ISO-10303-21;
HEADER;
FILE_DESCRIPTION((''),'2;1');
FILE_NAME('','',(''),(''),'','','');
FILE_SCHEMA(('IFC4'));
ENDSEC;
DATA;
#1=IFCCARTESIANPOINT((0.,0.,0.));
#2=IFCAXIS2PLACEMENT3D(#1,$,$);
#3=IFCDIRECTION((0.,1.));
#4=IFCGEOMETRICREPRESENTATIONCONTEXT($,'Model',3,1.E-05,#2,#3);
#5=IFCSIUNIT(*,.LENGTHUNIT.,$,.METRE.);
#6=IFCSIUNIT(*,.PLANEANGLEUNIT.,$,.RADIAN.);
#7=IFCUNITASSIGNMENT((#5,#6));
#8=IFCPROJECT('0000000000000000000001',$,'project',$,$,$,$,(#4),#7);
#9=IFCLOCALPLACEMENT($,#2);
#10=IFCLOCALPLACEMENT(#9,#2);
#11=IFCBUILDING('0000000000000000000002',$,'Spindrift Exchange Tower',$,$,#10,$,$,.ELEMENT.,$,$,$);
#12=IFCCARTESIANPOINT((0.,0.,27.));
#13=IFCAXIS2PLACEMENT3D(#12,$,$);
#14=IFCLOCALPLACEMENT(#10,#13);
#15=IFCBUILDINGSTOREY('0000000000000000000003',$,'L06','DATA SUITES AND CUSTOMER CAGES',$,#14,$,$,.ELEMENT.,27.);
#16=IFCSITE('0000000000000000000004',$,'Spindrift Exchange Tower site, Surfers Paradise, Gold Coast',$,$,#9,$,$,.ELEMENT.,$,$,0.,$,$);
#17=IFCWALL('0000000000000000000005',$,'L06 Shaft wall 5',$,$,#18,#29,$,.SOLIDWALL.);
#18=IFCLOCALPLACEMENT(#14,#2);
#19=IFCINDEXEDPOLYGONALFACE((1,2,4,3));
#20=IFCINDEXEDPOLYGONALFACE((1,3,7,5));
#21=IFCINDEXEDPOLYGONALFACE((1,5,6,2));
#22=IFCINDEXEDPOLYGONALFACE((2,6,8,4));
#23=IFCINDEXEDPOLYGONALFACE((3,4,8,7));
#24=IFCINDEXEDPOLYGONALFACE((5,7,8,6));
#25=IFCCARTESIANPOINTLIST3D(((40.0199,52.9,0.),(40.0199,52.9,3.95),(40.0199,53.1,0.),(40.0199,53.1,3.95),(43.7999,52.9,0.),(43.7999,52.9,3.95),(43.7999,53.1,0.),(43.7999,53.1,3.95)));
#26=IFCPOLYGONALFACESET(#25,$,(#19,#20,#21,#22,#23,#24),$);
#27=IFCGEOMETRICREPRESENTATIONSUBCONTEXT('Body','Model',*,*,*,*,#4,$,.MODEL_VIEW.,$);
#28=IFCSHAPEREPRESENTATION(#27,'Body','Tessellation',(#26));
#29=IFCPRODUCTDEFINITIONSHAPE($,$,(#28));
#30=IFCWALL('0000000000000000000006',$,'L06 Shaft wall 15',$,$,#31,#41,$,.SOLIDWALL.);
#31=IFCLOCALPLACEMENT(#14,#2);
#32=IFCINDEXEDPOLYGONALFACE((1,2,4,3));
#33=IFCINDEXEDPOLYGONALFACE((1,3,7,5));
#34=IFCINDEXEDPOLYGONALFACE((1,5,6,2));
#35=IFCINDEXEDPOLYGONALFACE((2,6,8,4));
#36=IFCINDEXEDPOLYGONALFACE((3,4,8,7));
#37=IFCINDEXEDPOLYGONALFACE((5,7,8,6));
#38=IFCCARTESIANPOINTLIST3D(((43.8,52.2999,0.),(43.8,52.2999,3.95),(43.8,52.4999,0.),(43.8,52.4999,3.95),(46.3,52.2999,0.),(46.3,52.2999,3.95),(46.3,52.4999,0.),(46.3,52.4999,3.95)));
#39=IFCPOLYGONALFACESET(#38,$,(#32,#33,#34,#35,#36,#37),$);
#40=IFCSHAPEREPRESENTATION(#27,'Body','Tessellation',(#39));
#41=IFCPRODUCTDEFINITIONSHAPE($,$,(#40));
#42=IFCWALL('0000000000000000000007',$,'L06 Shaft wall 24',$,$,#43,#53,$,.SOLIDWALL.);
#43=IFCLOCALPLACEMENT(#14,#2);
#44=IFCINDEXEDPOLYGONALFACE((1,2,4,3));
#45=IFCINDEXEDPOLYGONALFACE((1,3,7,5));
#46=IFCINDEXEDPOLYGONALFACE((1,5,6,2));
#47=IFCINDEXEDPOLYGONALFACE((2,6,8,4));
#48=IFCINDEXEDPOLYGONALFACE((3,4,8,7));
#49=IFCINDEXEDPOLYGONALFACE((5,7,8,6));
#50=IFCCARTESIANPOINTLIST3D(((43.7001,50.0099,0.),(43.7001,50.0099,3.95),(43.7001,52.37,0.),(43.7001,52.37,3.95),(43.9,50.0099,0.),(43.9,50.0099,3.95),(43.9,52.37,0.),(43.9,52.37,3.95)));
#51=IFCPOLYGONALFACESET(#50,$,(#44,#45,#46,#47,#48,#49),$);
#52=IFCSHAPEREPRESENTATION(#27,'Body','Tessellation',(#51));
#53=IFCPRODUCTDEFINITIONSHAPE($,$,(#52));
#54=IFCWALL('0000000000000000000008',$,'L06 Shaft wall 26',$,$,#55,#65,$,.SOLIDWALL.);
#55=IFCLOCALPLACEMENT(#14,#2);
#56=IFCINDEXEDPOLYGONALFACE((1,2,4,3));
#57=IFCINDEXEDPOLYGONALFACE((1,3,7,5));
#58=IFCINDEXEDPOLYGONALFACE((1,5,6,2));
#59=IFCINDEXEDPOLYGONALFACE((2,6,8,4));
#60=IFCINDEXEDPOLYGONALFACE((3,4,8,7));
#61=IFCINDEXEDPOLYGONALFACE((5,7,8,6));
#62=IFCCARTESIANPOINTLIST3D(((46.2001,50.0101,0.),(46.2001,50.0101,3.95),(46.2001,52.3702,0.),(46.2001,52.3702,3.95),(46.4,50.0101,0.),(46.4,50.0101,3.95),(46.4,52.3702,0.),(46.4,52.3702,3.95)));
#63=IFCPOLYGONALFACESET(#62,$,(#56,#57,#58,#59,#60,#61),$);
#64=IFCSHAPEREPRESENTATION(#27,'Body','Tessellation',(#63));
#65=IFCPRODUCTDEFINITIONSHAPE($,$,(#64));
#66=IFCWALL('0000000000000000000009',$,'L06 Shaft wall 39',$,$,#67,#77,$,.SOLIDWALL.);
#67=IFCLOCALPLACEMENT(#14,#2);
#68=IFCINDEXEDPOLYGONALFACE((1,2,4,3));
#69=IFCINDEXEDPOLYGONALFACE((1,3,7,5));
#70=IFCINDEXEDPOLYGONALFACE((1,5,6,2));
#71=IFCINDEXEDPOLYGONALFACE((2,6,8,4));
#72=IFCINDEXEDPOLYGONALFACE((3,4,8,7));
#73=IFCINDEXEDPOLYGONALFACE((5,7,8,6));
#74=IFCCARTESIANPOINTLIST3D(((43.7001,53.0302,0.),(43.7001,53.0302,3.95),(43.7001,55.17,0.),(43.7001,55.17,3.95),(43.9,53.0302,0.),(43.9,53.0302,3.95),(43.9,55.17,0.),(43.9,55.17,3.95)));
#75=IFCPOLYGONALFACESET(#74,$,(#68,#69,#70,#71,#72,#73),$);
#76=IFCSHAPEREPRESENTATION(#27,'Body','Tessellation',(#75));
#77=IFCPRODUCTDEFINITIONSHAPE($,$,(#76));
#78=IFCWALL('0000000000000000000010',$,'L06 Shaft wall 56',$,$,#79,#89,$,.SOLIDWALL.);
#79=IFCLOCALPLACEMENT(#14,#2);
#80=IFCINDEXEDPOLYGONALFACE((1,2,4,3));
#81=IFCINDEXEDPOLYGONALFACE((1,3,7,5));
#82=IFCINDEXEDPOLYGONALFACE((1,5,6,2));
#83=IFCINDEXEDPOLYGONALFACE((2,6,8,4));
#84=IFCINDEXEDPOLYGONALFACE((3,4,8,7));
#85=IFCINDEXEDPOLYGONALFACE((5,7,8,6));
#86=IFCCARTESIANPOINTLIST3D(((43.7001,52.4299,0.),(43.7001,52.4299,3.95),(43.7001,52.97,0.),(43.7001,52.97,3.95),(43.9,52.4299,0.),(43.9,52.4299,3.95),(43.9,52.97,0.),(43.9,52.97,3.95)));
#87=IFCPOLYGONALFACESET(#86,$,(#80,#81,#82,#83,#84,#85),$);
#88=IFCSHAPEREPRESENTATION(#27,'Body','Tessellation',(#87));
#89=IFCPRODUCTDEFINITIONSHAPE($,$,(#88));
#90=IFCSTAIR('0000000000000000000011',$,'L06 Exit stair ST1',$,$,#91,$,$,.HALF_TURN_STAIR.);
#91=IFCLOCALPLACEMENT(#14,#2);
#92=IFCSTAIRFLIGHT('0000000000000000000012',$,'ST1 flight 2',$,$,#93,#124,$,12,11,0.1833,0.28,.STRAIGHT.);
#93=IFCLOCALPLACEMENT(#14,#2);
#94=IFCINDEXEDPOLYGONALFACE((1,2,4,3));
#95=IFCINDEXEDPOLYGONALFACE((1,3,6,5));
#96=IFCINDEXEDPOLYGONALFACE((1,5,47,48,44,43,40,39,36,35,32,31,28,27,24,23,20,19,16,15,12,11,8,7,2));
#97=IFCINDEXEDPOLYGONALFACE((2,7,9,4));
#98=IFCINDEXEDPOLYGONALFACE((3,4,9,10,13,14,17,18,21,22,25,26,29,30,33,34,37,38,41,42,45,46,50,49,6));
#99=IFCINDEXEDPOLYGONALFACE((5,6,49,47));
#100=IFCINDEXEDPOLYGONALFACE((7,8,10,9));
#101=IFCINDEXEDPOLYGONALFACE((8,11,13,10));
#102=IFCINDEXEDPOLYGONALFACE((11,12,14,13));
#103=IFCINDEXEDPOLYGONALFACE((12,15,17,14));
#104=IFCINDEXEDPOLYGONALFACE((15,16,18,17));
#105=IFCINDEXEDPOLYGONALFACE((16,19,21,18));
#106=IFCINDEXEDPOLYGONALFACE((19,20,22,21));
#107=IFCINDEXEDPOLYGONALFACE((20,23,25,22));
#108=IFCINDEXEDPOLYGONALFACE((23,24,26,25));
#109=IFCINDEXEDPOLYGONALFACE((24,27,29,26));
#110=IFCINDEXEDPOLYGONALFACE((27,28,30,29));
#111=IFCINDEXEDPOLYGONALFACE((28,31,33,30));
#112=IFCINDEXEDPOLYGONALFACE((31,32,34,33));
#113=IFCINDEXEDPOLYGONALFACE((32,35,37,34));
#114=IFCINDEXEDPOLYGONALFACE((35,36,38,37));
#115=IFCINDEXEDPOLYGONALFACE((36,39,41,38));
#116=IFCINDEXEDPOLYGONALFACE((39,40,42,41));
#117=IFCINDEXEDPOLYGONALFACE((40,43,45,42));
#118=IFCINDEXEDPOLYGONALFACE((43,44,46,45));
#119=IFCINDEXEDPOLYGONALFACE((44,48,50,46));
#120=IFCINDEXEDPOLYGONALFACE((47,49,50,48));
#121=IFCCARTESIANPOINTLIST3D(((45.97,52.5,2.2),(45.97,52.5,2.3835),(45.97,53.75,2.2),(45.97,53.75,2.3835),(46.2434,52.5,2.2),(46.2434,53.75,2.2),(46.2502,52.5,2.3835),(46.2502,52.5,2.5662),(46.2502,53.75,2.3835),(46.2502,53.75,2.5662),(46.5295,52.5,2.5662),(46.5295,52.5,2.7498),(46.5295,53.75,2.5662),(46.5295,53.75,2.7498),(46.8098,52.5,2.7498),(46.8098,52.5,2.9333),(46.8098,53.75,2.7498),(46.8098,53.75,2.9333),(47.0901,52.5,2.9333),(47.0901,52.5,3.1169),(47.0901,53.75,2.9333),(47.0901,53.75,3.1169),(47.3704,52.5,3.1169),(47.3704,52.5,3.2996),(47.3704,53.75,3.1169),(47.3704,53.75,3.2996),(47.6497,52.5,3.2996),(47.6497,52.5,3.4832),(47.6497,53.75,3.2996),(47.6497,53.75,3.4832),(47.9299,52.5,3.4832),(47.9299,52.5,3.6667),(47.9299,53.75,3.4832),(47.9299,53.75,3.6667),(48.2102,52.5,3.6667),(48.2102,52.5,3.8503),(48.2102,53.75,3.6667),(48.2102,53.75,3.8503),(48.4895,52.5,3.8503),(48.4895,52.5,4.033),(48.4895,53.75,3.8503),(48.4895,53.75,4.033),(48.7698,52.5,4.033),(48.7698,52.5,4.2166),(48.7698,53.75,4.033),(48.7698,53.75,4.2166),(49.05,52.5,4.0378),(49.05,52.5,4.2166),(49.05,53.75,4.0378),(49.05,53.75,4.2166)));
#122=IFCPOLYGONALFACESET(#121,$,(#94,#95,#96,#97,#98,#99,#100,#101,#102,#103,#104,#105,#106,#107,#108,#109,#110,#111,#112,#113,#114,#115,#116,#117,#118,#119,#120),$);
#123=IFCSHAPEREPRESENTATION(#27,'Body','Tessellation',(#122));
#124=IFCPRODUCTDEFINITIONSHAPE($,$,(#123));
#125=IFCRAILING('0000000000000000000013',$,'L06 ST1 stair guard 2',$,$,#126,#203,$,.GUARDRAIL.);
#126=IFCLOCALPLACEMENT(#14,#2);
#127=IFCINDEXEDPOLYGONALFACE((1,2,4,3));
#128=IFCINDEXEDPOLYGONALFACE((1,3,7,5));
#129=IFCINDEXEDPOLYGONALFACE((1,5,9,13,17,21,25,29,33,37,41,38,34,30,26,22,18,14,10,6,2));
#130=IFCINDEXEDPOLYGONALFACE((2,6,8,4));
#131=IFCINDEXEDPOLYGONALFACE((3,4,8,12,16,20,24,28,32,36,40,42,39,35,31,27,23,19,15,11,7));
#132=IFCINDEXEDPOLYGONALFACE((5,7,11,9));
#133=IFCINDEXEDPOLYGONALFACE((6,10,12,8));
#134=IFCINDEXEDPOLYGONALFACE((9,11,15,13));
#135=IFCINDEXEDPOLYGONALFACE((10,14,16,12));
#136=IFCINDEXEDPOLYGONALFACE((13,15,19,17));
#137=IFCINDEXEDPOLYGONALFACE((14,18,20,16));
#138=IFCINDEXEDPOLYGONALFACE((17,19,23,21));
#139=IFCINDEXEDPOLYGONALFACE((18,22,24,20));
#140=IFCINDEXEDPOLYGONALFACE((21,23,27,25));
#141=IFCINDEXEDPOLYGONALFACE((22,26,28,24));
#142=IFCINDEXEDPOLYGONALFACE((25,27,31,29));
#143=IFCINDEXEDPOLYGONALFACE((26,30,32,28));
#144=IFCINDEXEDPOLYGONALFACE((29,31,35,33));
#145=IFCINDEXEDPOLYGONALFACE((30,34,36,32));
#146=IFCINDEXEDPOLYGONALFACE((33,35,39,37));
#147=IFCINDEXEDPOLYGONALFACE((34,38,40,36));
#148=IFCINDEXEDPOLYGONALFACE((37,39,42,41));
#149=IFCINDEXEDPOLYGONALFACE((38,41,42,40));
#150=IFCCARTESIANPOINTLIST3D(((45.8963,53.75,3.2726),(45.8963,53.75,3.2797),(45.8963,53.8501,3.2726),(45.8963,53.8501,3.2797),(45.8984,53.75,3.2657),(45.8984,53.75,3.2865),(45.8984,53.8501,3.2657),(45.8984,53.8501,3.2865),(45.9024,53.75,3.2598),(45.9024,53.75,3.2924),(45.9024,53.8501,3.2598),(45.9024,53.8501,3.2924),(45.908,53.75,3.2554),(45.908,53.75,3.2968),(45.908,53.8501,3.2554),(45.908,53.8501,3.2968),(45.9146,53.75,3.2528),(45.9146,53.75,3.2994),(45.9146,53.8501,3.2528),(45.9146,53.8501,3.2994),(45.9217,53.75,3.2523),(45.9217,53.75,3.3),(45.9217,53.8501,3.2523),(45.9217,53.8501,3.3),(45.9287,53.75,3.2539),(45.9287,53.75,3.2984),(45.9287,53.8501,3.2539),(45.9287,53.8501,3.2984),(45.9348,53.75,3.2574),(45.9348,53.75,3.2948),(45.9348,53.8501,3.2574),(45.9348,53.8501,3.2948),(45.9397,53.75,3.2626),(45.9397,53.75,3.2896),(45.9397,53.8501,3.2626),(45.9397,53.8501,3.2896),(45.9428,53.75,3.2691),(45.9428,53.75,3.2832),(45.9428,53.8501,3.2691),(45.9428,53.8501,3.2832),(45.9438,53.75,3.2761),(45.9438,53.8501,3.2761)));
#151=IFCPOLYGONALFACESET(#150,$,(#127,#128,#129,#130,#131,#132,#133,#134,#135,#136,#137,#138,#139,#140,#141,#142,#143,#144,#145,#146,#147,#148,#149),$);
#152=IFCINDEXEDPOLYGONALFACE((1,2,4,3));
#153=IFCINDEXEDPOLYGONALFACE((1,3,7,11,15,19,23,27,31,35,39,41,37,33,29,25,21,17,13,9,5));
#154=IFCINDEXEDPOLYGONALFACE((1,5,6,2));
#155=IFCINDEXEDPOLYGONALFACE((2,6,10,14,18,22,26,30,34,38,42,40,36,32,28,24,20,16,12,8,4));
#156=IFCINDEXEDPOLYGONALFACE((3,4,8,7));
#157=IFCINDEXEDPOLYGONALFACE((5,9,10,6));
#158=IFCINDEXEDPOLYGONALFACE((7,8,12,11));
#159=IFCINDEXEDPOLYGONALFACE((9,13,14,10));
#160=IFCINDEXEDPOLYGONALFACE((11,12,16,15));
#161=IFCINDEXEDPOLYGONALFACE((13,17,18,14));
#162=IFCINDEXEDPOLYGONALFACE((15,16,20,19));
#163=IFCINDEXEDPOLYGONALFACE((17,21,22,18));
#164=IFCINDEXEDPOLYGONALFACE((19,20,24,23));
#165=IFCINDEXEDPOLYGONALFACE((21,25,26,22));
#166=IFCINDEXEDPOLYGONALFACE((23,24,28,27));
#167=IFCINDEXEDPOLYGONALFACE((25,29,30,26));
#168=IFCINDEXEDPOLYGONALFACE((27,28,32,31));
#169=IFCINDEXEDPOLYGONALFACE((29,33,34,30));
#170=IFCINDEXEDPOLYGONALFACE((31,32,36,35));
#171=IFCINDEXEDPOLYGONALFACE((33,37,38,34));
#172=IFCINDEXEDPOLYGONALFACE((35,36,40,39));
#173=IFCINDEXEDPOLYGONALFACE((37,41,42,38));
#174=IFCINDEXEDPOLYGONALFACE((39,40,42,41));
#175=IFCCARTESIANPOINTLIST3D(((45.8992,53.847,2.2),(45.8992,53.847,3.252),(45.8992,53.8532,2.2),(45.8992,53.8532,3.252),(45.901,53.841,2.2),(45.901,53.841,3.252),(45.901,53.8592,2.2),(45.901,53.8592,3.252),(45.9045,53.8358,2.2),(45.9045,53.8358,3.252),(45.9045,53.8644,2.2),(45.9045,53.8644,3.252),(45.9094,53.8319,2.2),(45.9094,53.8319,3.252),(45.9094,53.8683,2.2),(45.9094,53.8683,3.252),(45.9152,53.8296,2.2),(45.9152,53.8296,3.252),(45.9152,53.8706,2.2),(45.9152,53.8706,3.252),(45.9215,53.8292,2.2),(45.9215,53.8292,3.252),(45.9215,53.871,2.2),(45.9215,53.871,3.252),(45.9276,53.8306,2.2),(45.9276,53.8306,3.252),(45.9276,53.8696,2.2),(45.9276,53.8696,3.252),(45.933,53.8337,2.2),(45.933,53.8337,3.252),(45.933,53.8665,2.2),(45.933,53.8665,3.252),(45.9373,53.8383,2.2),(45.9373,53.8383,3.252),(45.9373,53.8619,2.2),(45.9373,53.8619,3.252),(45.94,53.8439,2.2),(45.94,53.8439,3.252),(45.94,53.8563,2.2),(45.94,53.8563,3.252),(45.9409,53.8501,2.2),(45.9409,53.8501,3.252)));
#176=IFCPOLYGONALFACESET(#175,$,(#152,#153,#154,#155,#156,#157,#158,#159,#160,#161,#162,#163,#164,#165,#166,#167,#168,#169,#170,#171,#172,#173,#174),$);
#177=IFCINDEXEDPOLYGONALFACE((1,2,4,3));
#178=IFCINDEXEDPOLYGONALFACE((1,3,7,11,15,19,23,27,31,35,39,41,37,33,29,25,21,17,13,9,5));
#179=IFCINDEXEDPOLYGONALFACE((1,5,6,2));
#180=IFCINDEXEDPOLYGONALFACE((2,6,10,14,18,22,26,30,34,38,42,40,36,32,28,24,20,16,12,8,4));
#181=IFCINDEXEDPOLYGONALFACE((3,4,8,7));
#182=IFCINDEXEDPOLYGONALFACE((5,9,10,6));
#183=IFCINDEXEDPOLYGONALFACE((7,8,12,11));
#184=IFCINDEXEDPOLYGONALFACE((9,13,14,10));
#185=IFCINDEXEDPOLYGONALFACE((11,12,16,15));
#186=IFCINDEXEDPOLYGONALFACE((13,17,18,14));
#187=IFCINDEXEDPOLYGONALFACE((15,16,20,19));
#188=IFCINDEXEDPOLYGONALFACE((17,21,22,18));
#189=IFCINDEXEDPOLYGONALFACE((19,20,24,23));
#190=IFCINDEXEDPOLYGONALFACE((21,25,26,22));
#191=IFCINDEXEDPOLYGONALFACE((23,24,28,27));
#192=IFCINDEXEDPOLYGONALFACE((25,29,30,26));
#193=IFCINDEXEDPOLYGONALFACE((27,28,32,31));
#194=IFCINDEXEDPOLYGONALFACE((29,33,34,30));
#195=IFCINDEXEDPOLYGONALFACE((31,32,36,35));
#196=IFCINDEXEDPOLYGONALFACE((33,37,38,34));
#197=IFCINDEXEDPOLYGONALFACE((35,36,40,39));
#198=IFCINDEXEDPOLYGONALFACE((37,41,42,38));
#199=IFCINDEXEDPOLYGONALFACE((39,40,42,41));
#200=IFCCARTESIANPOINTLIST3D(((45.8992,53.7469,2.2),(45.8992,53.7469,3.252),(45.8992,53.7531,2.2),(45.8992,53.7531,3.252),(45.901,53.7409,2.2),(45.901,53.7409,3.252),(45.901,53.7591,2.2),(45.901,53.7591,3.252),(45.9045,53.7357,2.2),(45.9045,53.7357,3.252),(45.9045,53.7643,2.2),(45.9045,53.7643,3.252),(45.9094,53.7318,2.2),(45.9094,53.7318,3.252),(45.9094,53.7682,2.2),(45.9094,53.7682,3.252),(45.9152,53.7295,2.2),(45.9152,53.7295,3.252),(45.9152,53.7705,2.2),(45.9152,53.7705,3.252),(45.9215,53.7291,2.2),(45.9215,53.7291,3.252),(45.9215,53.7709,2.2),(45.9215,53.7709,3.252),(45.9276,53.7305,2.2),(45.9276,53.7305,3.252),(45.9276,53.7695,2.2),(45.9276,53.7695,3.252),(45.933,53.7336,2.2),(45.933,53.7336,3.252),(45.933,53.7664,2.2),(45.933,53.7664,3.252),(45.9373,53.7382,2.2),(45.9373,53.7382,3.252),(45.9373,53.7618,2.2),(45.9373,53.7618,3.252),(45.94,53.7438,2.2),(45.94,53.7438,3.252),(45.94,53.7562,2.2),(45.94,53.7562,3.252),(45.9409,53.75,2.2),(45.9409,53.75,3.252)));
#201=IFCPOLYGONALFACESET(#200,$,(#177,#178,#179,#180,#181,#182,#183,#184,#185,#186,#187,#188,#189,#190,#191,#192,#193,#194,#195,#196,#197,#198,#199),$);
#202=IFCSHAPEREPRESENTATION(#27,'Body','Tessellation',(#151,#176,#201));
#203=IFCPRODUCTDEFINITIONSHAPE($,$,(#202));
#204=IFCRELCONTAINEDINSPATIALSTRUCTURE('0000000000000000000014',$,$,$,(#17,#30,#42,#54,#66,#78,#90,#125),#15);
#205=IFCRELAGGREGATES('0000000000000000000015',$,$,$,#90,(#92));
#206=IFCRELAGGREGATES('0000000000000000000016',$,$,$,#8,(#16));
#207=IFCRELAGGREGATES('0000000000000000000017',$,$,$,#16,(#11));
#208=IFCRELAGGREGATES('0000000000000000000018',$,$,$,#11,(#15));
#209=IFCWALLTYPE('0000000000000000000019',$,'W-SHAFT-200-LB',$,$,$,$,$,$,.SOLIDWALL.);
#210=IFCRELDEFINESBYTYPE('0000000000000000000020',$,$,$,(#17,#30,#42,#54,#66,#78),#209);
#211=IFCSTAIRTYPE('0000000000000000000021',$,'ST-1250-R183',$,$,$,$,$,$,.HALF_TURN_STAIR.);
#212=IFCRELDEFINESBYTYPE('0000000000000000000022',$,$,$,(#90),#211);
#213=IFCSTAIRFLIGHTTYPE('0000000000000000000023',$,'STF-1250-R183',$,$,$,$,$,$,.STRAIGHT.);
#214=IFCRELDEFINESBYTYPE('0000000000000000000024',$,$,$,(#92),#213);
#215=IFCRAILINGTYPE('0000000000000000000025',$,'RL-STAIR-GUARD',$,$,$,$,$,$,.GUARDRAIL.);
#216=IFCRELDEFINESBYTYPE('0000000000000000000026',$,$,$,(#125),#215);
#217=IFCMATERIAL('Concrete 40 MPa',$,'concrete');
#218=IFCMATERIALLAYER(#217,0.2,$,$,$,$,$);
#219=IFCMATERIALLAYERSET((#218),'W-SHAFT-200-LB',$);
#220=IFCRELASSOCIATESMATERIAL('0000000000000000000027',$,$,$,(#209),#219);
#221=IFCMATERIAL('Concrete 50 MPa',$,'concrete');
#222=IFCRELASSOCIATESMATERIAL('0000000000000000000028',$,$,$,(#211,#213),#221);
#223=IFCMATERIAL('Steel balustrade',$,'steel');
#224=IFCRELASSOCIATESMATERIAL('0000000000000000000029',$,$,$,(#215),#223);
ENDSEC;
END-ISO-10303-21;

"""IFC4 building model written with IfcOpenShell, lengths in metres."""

from ifc_helpers import new_model, si_unit, direction, frame, frame_2d, origin, origin_2d, place, context, subcontext, project, spatial, line, indexed_curve, rectangle, circle, outline, extrude, material, layer, layer_set, type_object, element, aggregate, save


model = new_model("IFC4")

# Units and contexts
model_context = context("Model", 3, precision=1e-05, world=origin(), true_north=direction((0.0, 1.0)))
body_context = subcontext(model_context, "Body", "Model", "MODEL_VIEW")
ifc_project = project(units=[si_unit("LENGTHUNIT", "METRE"), si_unit("PLANEANGLEUNIT", "RADIAN")], contexts=[model_context])

# Site, building, storey
site_placement = place(None, origin())
site = spatial("IfcSite", under=ifc_project, at=site_placement, Name="Spindrift Exchange Tower site, Surfers Paradise, Gold Coast", CompositionType="ELEMENT", RefElevation=0.0)
building_placement = place(site_placement, origin())
building = spatial("IfcBuilding", under=site, at=building_placement, Name="Spindrift Exchange Tower", CompositionType="ELEMENT")
storey_placement = place(building_placement, frame((0.0, 0.0, 27.0)))
storey = spatial("IfcBuildingStorey", under=building, at=storey_placement, Name="L06", Description="DATA SUITES AND CUSTOMER CAGES", CompositionType="ELEMENT", Elevation=27.0)

# Walls
ifc_material_1 = material(Name="Concrete 40 MPa", Category="concrete")
ifc_layer_1 = layer(ifc_material_1, 0.2)
ifc_layer_set_1 = layer_set([ifc_layer_1], Name="W-SHAFT-200-LB")
wall_type_1 = type_object("IfcWallType", Name="W-SHAFT-200-LB", PredefinedType="SOLIDWALL", material=ifc_layer_set_1)
wall_1_placement = place(storey_placement, frame((43.8, 53.0, 0.0), z_axis=(0.0, 0.0, 1.0), x_axis=(-1.0, 0.0, 0.0)))
element("IfcWall", 1, at=wall_1_placement, inside=storey, type_object=wall_type_1, Name="L06 Shaft wall 5", PredefinedType="SOLIDWALL", context=body_context, shape_type="SweptSolid", body=[
    extrude(rectangle(XDim=3.78, YDim=0.2, at=frame_2d((1.8901, 0.0))), origin(), (0.0, 0.0, 1.0), 3.95),
])
wall_2_placement = place(storey_placement, frame((46.3, 52.3999, 0.0), z_axis=(0.0, 0.0, 1.0), x_axis=(-1.0, 0.0, 0.0)))
element("IfcWall", 2, at=wall_2_placement, inside=storey, type_object=wall_type_1, Name="L06 Shaft wall 15", PredefinedType="SOLIDWALL", context=body_context, shape_type="SweptSolid", body=[
    extrude(rectangle(XDim=2.5, YDim=0.2, at=frame_2d((1.25, 0.0))), origin(), (0.0, 0.0, 1.0), 3.95),
])
for number, where, z_axis, x_axis, name in (
    (3, (43.8, 52.3701, 0.0), (0.0, 0.0, 1.0), (0.0, -1.0, 0.0), "L06 Shaft wall 24"),
    (4, (46.3, 50.01, 0.0), (0.0, 0.0, 1.0), (0.0, 1.0, 0.0), "L06 Shaft wall 26"),
):
    element("IfcWall", number, at=place(storey_placement, frame(where, z_axis=z_axis, x_axis=x_axis)), inside=storey, type_object=wall_type_1, Name=name, PredefinedType="SOLIDWALL", context=body_context, shape_type="SweptSolid", body=[
        extrude(rectangle(XDim=2.3601, YDim=0.2, at=frame_2d((1.1802, 0.0))), origin(), (0.0, 0.0, 1.0), 3.95),
    ])
wall_3_placement = place(storey_placement, frame((43.8, 55.1699, 0.0), z_axis=(0.0, 0.0, 1.0), x_axis=(0.0, -1.0, 0.0)))
element("IfcWall", 5, at=wall_3_placement, inside=storey, type_object=wall_type_1, Name="L06 Shaft wall 39", PredefinedType="SOLIDWALL", context=body_context, shape_type="SweptSolid", body=[
    extrude(rectangle(XDim=2.1399, YDim=0.2, at=frame_2d((1.0698, 0.0))), origin(), (0.0, 0.0, 1.0), 3.95),
])
wall_4_placement = place(storey_placement, frame((43.8, 52.4299, 0.0), z_axis=(0.0, 0.0, 1.0), x_axis=(0.0, 1.0, 0.0)))
element("IfcWall", 6, at=wall_4_placement, inside=storey, type_object=wall_type_1, Name="L06 Shaft wall 56", PredefinedType="SOLIDWALL", context=body_context, shape_type="SweptSolid", body=[
    extrude(rectangle(XDim=0.54, YDim=0.2, at=frame_2d((0.27, 0.0))), origin(), (0.0, 0.0, 1.0), 3.95),
])

# Stair, stair flight
ifc_material_2 = material(Name="Concrete 50 MPa", Category="concrete")
stair_type = type_object("IfcStairType", Name="ST-1250-R183", PredefinedType="HALF_TURN_STAIR", material=ifc_material_2)
stair_placement = place(storey_placement, origin())
stair = element("IfcStair", 7, at=stair_placement, inside=storey, type_object=stair_type, Name="L06 Exit stair ST1", PredefinedType="HALF_TURN_STAIR")
stair_flight_type = type_object("IfcStairFlightType", Name="STF-1250-R183", PredefinedType="STRAIGHT", material=ifc_material_2)
stair_flight_placement = place(storey_placement, frame((45.97, 53.125, 2.2), z_axis=(0.0, 0.0, 1.0), x_axis=(1.0, 0.0, 0.0)))
stair_flight = element("IfcStairFlight", 8, at=stair_flight_placement, type_object=stair_flight_type, Name="ST1 flight 2", NumberOfRisers=12, NumberOfTreads=11, PredefinedType="STRAIGHT", RiserHeight=0.1833, TreadLength=0.28, context=body_context, shape_type="SweptSolid", body=[
    extrude(outline(indexed_curve([(0.0, 0.0), (0.0, 0.1836), (0.2803, 0.1836), (0.2803, 0.3662), (0.5596, 0.3662), (0.5596, 0.5498), (0.8398, 0.5498), (0.8398, 0.7334), (1.1201, 0.7334), (1.1201, 0.917), (1.4004, 0.917), (1.4004, 1.0996), (1.6797, 1.0996), (1.6797, 1.2832), (1.96, 1.2832), (1.96, 1.4668), (2.2402, 1.4668), (2.2402, 1.6504), (2.5195, 1.6504), (2.5195, 1.833), (2.7998, 1.833), (2.7998, 2.0166), (3.0801, 2.0166), (3.0801, 2.2002), (3.0801, 1.8379), (0.2734, 0.0)], segments=[line(1, 2, 3, 4, 5, 6, 7, 8, 9, 10, 11, 12, 13, 14, 15, 16, 17, 18, 19, 20, 21, 22, 23, 24, 25, 26, 1)], self_intersect=False)), frame((0.0, 0.625, 0.0), z_axis=(0.0, -1.0, 0.0), x_axis=(1.0, 0.0, 0.0)), (0.0, 0.0, 1.0), 1.25),
])
aggregate(stair, [stair_flight])

# Railing
ifc_material_3 = material(Name="Steel balustrade", Category="steel")
railing_type_1 = type_object("IfcRailingType", Name="RL-STAIR-GUARD", PredefinedType="GUARDRAIL", material=ifc_material_3)
railing_1_placement = place(storey_placement, frame((45.9199, 53.8501, 2.2)))
element("IfcRailing", 9, at=railing_1_placement, inside=storey, type_object=railing_type_1, Name="L06 ST1 stair guard 2", PredefinedType="GUARDRAIL", context=body_context, shape_type="SweptSolid", body=[
    extrude(circle(Radius=0.0239, at=origin_2d()), frame((0.0, 0.0, 1.0762), z_axis=(0.0, -1.0, 0.0), x_axis=(1.0, 0.0, 0.0)), (0.0, 0.0, 1.0), 0.1001),
    extrude(circle(Radius=0.021, at=origin_2d()), origin(), (0.0, 0.0, 1.0), 1.052),
    extrude(circle(Radius=0.021, at=origin_2d()), frame((0.0, -0.1001, 0.0)), (0.0, 0.0, 1.0), 1.052),
])

save(model, "model.ifc")
